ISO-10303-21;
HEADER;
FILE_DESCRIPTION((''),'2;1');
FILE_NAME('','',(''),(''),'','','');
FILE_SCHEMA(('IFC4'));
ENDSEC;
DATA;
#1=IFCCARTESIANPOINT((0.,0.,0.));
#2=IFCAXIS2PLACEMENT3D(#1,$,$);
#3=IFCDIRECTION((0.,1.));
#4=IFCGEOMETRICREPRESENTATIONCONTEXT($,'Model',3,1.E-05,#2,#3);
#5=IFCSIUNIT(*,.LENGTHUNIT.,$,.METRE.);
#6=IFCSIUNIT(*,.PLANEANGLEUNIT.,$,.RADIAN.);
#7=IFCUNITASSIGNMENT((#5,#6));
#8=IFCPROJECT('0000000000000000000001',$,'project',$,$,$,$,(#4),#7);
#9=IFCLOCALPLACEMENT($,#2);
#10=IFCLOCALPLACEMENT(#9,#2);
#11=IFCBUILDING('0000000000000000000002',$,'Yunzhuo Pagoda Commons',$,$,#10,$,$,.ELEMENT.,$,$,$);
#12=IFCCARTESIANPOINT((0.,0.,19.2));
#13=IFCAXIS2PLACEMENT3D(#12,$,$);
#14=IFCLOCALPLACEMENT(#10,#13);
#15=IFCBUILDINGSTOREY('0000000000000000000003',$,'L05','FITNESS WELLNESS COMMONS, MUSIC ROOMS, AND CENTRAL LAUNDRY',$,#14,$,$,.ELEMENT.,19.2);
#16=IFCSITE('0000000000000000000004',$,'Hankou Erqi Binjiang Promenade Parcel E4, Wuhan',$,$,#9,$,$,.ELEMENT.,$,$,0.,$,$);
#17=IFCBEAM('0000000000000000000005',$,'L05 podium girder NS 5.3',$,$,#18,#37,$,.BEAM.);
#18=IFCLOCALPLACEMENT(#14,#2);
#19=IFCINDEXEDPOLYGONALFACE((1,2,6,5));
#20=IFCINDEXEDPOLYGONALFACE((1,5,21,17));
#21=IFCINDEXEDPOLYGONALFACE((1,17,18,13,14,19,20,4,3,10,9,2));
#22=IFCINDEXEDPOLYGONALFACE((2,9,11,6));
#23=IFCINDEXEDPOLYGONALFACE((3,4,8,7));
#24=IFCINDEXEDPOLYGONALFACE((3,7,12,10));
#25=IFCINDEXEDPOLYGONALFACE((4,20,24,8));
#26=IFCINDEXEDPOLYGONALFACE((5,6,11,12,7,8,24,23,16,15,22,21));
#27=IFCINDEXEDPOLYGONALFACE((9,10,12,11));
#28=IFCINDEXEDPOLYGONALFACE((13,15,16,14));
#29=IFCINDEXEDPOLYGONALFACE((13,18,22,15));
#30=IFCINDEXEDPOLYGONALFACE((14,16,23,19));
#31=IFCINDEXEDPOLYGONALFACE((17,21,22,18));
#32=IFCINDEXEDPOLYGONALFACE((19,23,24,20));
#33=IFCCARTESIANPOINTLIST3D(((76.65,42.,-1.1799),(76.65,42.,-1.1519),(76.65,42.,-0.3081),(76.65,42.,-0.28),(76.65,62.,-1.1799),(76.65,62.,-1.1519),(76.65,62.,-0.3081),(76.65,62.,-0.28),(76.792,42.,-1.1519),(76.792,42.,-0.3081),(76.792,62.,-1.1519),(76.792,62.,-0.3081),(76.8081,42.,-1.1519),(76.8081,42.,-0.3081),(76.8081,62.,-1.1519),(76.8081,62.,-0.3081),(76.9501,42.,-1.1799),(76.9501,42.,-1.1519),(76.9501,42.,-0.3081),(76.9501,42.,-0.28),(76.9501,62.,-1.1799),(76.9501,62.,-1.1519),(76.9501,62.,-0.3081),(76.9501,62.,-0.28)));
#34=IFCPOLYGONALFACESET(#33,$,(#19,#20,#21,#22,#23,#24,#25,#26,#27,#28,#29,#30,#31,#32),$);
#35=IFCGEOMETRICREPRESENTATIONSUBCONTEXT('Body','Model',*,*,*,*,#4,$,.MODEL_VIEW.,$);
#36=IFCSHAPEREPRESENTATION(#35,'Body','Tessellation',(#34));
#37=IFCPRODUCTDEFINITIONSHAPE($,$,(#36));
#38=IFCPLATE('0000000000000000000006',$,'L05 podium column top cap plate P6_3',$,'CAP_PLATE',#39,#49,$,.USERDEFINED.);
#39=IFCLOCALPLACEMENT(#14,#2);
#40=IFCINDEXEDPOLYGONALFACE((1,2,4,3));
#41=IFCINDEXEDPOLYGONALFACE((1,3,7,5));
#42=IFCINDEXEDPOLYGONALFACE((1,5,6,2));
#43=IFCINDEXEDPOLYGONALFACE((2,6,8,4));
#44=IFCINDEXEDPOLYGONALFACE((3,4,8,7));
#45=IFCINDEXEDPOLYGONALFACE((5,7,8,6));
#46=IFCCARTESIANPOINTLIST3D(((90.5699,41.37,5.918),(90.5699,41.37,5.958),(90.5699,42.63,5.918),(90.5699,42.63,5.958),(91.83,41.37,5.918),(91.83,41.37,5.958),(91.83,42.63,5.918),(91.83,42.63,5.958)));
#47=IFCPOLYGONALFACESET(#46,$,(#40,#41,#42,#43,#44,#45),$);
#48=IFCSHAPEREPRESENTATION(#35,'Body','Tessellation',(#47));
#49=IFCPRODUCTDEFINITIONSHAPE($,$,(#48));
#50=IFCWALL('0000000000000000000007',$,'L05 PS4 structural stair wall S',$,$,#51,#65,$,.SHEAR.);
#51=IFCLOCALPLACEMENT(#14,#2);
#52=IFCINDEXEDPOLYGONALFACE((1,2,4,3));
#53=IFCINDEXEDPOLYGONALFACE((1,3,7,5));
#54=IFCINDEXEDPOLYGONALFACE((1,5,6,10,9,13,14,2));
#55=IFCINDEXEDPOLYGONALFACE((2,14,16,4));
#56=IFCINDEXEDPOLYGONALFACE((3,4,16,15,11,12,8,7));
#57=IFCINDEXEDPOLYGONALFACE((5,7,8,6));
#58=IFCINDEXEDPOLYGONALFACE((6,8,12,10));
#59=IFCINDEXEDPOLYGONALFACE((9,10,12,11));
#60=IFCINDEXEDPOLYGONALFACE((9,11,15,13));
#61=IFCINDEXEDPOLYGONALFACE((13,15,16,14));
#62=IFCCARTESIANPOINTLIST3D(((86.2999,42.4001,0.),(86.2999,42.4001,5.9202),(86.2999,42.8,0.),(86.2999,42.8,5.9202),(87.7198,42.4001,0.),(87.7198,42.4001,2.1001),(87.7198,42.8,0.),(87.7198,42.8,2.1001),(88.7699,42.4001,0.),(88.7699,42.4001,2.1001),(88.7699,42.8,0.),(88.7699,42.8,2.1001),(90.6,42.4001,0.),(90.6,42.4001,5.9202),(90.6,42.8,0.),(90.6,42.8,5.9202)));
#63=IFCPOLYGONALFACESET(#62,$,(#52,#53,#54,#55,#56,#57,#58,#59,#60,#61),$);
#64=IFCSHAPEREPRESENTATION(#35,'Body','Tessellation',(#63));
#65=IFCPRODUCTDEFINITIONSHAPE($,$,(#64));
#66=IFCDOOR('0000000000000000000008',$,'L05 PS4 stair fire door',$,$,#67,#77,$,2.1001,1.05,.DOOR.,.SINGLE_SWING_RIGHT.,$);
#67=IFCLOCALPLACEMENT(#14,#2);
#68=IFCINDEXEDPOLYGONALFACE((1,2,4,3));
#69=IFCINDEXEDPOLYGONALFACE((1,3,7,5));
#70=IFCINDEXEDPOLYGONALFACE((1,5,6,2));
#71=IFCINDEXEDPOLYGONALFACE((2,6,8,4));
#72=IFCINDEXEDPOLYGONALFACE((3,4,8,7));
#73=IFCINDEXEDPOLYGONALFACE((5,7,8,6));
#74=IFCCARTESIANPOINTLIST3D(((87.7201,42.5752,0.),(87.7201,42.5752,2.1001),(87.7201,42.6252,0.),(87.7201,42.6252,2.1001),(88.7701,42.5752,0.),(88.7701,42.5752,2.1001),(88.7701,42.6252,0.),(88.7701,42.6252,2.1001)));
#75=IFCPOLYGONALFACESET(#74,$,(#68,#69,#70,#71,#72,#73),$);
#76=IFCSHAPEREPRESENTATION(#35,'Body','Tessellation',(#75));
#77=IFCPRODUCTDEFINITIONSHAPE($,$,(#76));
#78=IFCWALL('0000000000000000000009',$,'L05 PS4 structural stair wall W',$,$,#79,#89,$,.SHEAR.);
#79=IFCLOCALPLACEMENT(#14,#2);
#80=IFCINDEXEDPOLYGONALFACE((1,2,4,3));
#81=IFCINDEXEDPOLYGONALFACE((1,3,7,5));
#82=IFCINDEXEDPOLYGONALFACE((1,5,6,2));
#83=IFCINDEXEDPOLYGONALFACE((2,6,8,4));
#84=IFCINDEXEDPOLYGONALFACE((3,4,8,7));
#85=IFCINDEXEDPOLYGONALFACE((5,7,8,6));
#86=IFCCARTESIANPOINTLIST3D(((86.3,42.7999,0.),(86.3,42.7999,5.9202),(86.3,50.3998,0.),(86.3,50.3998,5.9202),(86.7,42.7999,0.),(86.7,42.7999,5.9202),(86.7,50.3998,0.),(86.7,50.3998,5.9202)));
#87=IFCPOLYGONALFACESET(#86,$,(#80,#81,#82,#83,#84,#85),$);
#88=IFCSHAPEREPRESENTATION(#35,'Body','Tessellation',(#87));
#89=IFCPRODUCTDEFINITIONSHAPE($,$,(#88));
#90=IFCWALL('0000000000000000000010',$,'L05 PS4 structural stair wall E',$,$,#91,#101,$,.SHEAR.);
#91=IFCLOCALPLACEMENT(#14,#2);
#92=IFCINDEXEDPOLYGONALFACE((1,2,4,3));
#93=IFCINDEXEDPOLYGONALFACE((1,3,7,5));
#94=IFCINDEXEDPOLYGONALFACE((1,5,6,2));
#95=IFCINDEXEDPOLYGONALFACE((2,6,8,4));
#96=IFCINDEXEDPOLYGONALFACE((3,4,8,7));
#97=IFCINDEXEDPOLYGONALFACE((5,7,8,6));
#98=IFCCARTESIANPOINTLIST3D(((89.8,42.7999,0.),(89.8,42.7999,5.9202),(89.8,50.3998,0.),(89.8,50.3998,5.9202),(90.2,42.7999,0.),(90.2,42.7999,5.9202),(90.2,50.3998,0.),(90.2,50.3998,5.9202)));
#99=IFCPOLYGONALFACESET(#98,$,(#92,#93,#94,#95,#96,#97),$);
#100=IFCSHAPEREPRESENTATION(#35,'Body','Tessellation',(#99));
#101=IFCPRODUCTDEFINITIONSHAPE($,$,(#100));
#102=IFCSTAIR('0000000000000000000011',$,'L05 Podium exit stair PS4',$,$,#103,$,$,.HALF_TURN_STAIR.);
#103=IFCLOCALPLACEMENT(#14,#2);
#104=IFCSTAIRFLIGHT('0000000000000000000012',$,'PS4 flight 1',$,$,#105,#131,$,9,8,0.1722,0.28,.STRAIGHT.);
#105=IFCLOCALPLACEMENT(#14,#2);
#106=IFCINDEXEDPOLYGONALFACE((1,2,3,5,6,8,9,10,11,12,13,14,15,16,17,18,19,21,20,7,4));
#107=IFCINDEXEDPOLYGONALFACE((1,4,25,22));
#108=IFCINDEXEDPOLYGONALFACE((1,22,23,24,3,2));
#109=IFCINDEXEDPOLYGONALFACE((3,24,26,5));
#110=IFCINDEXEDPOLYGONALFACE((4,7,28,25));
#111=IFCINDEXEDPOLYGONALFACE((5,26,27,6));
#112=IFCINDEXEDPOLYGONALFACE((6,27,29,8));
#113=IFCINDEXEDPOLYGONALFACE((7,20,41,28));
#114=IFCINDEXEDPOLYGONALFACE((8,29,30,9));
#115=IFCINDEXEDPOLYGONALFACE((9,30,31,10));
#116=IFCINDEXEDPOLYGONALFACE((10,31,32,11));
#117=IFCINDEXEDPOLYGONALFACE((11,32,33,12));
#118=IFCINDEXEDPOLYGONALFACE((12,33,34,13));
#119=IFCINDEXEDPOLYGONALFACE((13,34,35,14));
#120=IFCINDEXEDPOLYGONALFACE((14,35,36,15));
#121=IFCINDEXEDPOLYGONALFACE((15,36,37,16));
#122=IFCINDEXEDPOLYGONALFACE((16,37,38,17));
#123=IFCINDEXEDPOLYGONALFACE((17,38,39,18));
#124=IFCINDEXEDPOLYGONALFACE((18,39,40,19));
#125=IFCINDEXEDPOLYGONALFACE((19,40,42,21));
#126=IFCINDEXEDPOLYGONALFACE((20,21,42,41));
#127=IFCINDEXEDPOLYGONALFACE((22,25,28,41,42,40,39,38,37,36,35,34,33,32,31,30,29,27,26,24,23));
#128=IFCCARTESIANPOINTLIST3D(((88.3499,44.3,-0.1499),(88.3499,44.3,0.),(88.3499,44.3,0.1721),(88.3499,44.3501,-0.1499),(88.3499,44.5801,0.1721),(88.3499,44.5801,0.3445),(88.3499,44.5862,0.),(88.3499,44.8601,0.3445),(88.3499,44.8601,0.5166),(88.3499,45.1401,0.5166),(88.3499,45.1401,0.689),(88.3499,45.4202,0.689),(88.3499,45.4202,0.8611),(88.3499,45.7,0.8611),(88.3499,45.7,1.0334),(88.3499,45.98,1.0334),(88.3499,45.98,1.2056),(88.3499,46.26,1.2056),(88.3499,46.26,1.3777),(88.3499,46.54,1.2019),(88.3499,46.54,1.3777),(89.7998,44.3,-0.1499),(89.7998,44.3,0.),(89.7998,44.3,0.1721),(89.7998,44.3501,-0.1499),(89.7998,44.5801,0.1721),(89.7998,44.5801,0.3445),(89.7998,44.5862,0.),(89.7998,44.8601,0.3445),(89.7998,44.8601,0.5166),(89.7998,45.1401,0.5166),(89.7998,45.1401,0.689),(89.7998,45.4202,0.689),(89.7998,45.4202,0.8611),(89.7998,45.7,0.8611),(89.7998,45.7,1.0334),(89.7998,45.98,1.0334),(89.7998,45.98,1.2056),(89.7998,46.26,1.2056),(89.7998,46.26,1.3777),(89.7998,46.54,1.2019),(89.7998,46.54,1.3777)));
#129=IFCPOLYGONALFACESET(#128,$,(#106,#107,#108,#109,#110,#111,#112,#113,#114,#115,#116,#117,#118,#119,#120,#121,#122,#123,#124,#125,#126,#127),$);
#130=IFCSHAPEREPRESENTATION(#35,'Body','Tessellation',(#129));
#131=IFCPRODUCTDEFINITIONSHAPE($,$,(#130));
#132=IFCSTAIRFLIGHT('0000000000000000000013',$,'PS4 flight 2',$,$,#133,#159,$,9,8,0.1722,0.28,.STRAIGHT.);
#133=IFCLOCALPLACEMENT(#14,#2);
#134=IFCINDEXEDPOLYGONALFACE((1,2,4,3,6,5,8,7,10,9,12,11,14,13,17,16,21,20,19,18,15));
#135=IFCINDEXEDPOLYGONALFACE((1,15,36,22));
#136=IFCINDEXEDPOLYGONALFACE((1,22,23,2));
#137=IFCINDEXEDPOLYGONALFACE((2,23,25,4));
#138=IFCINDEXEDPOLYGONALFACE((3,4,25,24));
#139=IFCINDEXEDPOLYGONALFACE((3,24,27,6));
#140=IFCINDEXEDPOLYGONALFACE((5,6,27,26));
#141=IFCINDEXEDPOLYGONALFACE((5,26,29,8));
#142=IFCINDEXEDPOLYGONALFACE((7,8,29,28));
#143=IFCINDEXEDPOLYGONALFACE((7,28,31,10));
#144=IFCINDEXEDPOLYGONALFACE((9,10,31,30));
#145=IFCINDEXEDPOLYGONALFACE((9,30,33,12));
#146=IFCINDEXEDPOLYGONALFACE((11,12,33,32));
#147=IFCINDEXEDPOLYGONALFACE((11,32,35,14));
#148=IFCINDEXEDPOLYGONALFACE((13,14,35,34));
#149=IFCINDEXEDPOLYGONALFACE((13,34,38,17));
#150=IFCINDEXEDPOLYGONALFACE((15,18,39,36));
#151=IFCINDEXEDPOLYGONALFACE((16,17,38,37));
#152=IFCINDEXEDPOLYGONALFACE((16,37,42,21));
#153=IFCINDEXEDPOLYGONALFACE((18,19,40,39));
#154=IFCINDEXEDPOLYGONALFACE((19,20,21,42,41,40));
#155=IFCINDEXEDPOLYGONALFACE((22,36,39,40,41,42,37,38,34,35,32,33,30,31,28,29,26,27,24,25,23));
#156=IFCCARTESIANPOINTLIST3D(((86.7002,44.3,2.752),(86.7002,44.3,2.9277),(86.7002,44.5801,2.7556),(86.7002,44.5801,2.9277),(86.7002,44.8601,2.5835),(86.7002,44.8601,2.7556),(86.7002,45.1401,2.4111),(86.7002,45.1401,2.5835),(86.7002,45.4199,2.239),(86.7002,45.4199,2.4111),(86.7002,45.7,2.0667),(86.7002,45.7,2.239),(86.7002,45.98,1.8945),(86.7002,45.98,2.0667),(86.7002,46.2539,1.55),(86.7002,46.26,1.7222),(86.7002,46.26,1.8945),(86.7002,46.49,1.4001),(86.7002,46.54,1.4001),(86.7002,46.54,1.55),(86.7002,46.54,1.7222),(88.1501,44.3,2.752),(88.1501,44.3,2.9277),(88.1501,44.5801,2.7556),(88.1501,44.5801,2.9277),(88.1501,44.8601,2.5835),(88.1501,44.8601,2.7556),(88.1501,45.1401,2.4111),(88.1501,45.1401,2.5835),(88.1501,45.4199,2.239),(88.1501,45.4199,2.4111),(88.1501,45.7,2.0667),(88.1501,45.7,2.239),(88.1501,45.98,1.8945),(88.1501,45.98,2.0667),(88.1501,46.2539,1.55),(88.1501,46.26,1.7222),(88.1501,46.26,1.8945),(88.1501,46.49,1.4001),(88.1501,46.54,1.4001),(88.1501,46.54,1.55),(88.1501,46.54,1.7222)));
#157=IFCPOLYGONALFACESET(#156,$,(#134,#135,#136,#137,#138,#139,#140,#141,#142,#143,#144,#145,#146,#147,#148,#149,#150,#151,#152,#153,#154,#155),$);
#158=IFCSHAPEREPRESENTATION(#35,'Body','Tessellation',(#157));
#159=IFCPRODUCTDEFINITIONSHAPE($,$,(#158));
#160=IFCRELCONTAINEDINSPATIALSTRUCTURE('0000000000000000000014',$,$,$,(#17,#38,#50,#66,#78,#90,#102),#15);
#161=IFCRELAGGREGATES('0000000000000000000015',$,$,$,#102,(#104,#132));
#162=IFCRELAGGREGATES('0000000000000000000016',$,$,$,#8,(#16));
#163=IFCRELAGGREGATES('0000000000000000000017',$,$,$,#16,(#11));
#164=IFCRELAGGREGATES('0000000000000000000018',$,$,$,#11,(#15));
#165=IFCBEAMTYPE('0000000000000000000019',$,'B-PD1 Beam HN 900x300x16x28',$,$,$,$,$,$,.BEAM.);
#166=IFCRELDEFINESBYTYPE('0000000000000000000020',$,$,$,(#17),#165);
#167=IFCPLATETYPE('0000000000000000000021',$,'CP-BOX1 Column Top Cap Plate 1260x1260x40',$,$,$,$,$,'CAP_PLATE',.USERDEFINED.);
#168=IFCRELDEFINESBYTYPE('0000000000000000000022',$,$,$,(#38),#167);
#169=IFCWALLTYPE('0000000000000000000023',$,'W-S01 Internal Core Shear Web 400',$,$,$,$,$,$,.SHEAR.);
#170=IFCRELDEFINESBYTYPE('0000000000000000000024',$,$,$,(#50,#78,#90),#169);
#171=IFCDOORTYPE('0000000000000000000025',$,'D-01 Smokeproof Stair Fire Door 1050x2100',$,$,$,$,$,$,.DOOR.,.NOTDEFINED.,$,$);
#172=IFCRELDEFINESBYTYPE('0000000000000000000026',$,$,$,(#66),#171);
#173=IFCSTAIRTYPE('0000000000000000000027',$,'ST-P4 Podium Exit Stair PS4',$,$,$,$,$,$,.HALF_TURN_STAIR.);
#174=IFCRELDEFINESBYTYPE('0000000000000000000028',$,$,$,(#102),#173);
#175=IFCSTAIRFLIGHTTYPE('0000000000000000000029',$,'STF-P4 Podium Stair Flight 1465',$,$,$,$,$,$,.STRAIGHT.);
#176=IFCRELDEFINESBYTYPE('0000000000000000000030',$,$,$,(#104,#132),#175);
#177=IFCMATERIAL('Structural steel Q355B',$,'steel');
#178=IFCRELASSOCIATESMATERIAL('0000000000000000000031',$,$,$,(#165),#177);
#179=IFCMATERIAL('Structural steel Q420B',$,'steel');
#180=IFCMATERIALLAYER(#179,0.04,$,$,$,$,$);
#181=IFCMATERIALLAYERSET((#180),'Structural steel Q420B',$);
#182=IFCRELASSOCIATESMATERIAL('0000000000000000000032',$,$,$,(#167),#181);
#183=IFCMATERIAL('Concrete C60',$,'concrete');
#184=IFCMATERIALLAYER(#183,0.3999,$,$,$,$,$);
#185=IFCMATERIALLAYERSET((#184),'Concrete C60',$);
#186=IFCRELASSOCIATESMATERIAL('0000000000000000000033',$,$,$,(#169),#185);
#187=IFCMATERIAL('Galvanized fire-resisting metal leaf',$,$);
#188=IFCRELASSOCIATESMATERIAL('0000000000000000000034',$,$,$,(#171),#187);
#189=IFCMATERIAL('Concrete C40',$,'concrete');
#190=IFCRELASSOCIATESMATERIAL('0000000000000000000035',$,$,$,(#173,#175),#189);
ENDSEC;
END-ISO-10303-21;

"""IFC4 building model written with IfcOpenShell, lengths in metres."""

from ifc_helpers import new_model, si_unit, direction, frame, frame_2d, origin, origin_2d, place, context, subcontext, project, spatial, polyline, rectangle, i_section, outline, extrude, source, transform, mapped, material, layer, layer_set, material_profile, profile_set, type_object, element, fill, aggregate, save


model = new_model("IFC4")

# Units and contexts
model_context = context("Model", 3, precision=1e-05, world=origin(), true_north=direction((0.0, 1.0)))
body_context = subcontext(model_context, "Body", "Model", "MODEL_VIEW")
ifc_project = project(units=[si_unit("LENGTHUNIT", "METRE"), si_unit("PLANEANGLEUNIT", "RADIAN")], contexts=[model_context])

# Site, building, storey
site_placement = place(None, origin())
site = spatial("IfcSite", under=ifc_project, at=site_placement, Name="Hankou Erqi Binjiang Promenade Parcel E4, Wuhan", CompositionType="ELEMENT", RefElevation=0.0)
building_placement = place(site_placement, origin())
building = spatial("IfcBuilding", under=site, at=building_placement, Name="Yunzhuo Pagoda Commons", CompositionType="ELEMENT")
storey_placement = place(building_placement, frame((0.0, 0.0, 19.2)))
storey = spatial("IfcBuildingStorey", under=building, at=storey_placement, Name="L05", Description="FITNESS WELLNESS COMMONS, MUSIC ROOMS, AND CENTRAL LAUNDRY", CompositionType="ELEMENT", Elevation=19.2)

# Shared definitions
ifc_material_1 = material(Name="Structural steel Q420B", Category="steel")

# Beam
ifc_material_2 = material(Name="Structural steel Q355B", Category="steel")
ifc_material_profile_1 = material_profile(ifc_material_2, i_section(OverallWidth=0.3, OverallDepth=0.8999, WebThickness=0.0161, FlangeThickness=0.0281, at=origin_2d()), Name="Structural steel Q355B")
ifc_profile_set_1 = profile_set([ifc_material_profile_1], Name="Structural steel Q355B")
beam_type_1 = type_object("IfcBeamType", Name="B-PD1 Beam HN 900x300x16x28", PredefinedType="BEAM", material=ifc_profile_set_1)
shared_shape_1 = source(origin(), body_context, "Body", "SweptSolid", [
    extrude(i_section(OverallWidth=0.3, OverallDepth=0.8999, WebThickness=0.0161, FlangeThickness=0.0281, at=origin_2d()), origin(), (0.0, 0.0, 1.0), 20.0),
])
beam_1_placement = place(storey_placement, frame((76.8, 42.0, -0.73), z_axis=(0.0, 1.0, 0.0), x_axis=(-1.0, 0.0, 0.0)))
element("IfcBeam", 1, at=beam_1_placement, inside=storey, type_object=beam_type_1, Name="L05 podium girder NS 5.3", PredefinedType="BEAM", context=body_context, shape_type="MappedRepresentation", body=[
    mapped(shared_shape_1, transform((0.0, 0.0, 0.0), scale=1.0)),
])

# Plate
ifc_layer_1 = layer(ifc_material_1, 0.04)
ifc_layer_set_1 = layer_set([ifc_layer_1], Name="Structural steel Q420B")
plate_type = type_object("IfcPlateType", Name="CP-BOX1 Column Top Cap Plate 1260x1260x40", ElementType="CAP_PLATE", PredefinedType="USERDEFINED", material=ifc_layer_set_1)
shared_shape_2 = source(origin(), body_context, "Body", "SweptSolid", [
    extrude(rectangle(XDim=1.26, YDim=1.26, at=origin_2d()), origin(), (0.0, 0.0, 1.0), 0.04),
])
plate_placement = place(storey_placement, frame((91.2, 42.0, 5.918), z_axis=(0.0, 0.0, 1.0), x_axis=(1.0, 0.0, 0.0)))
element("IfcPlate", 2, at=plate_placement, inside=storey, type_object=plate_type, Name="L05 podium column top cap plate P6_3", ObjectType="CAP_PLATE", PredefinedType="USERDEFINED", context=body_context, shape_type="MappedRepresentation", body=[
    mapped(shared_shape_2, transform((0.0, 0.0, 0.0), scale=1.0)),
])

# Wall, opening, door
ifc_material_3 = material(Name="Concrete C60", Category="concrete")
ifc_layer_2 = layer(ifc_material_3, 0.3999)
ifc_layer_set_2 = layer_set([ifc_layer_2], Name="Concrete C60")
wall_type = type_object("IfcWallType", Name="W-S01 Internal Core Shear Web 400", PredefinedType="SHEAR", material=ifc_layer_set_2)
wall_placement = place(storey_placement, frame((86.3, 42.6001, 0.0), z_axis=(0.0, 0.0, 1.0), x_axis=(1.0, 0.0, 0.0)))
wall = element("IfcWall", 3, at=wall_placement, inside=storey, type_object=wall_type, Name="L05 PS4 structural stair wall S", PredefinedType="SHEAR", context=body_context, shape_type="SweptSolid", body=[
    extrude(rectangle(XDim=4.3, YDim=0.3999, at=frame_2d((2.1499, 0.0))), origin(), (0.0, 0.0, 1.0), 5.9202),
])
opening_placement = place(wall_placement, frame((1.4199, 0.0, 0.0)))
opening = element("IfcOpeningElement", 4, at=opening_placement, cuts=wall, PredefinedType="OPENING", context=body_context, shape_type="SweptSolid", body=[
    extrude(rectangle(XDim=1.05, YDim=2.1001, at=frame_2d((0.5249, 1.05))), frame((0.0, 0.21, 0.0), z_axis=(0.0, -1.0, 0.0), x_axis=(1.0, 0.0, 0.0)), (0.0, 0.0, 1.0), 0.4199),
])
ifc_material_4 = material(Name="Galvanized fire-resisting metal leaf")
door_type = type_object("IfcDoorType", Name="D-01 Smokeproof Stair Fire Door 1050x2100", OperationType="NOTDEFINED", PredefinedType="DOOR", material=ifc_material_4)
shared_shape_3 = source(origin(), body_context, "Body", "SweptSolid", [
    extrude(rectangle(XDim=1.05, YDim=2.1001, at=frame_2d((0.5249, 1.05))), frame((0.0, 0.0249, 0.0), z_axis=(0.0, -1.0, 0.0), x_axis=(1.0, 0.0, 0.0)), (0.0, 0.0, 1.0), 0.05),
])
door_placement = place(opening_placement, frame((1.05, 0.0, 0.0), z_axis=(0.0, 0.0, 1.0), x_axis=(-1.0, 0.0, 0.0)))
door = element("IfcDoor", 5, at=door_placement, inside=storey, type_object=door_type, Name="L05 PS4 stair fire door", OperationType="SINGLE_SWING_RIGHT", OverallHeight=2.1001, OverallWidth=1.05, PredefinedType="DOOR", context=body_context, shape_type="MappedRepresentation", body=[
    mapped(shared_shape_3, transform((0.0, 0.0, 0.0), scale=1.0)),
])
fill(opening, door)

# Walls
for number, where, z_axis, x_axis, name in (
    (6, (86.5, 42.8, 0.0), (0.0, 0.0, 1.0), (0.0, 1.0, 0.0), "L05 PS4 structural stair wall W"),
    (7, (90.0, 42.8, 0.0), (0.0, 0.0, 1.0), (0.0, 1.0, 0.0), "L05 PS4 structural stair wall E"),
):
    element("IfcWall", number, at=place(storey_placement, frame(where, z_axis=z_axis, x_axis=x_axis)), inside=storey, type_object=wall_type, Name=name, PredefinedType="SHEAR", context=body_context, shape_type="SweptSolid", body=[
        extrude(rectangle(XDim=7.5999, YDim=0.3999, at=frame_2d((3.7998, 0.0))), origin(), (0.0, 0.0, 1.0), 5.9202),
    ])

# Stair, stair flights
ifc_material_5 = material(Name="Concrete C40", Category="concrete")
stair_type = type_object("IfcStairType", Name="ST-P4 Podium Exit Stair PS4", PredefinedType="HALF_TURN_STAIR", material=ifc_material_5)
stair_placement = place(storey_placement, origin())
stair = element("IfcStair", 8, at=stair_placement, inside=storey, type_object=stair_type, Name="L05 Podium exit stair PS4", PredefinedType="HALF_TURN_STAIR")
stair_flight_type = type_object("IfcStairFlightType", Name="STF-P4 Podium Stair Flight 1465", PredefinedType="STRAIGHT", material=ifc_material_5)
shared_shape_4 = source(origin(), body_context, "Body", "SweptSolid", [
    extrude(outline(polyline([(0.0, -0.1499), (0.0, 0.0), (0.0, 0.1721), (0.28, 0.1721), (0.28, 0.3445), (0.5601, 0.3445), (0.5601, 0.5166), (0.8401, 0.5166), (0.8401, 0.689), (1.1201, 0.689), (1.1201, 0.8611), (1.3999, 0.8611), (1.3999, 1.0334), (1.6799, 1.0334), (1.6799, 1.2056), (1.96, 1.2056), (1.96, 1.3777), (2.24, 1.3777), (2.24, 1.55), (2.24, 1.2019), (0.2861, 0.0), (0.05, -0.1499), (0.0, -0.1499)])), frame((0.0, 0.7251, 0.0), z_axis=(0.0, -1.0, 0.0), x_axis=(1.0, 0.0, 0.0)), (0.0, 0.0, 1.0), 1.45),
])
stair_flight_1_placement = place(storey_placement, frame((89.075, 44.3, 0.0), z_axis=(0.0, 0.0, 1.0), x_axis=(0.0, 1.0, 0.0)))
stair_flight_1 = element("IfcStairFlight", 9, at=stair_flight_1_placement, type_object=stair_flight_type, Name="PS4 flight 1", NumberOfRisers=9, NumberOfTreads=8, PredefinedType="STRAIGHT", RiserHeight=0.1722, TreadLength=0.28, context=body_context, shape_type="MappedRepresentation", body=[
    mapped(shared_shape_4, transform((0.0, 0.0, 0.0), scale=1.0)),
])
stair_flight_2_placement = place(storey_placement, frame((87.425, 46.54, 1.55), z_axis=(0.0, 0.0, 1.0), x_axis=(0.0, -1.0, 0.0)))
stair_flight_2 = element("IfcStairFlight", 10, at=stair_flight_2_placement, type_object=stair_flight_type, Name="PS4 flight 2", NumberOfRisers=9, NumberOfTreads=8, PredefinedType="STRAIGHT", RiserHeight=0.1722, TreadLength=0.28, context=body_context, shape_type="MappedRepresentation", body=[
    mapped(shared_shape_4, transform((0.0, 0.0, 0.0), scale=1.0)),
])
aggregate(stair, [stair_flight_1, stair_flight_2])

save(model, "model.ifc")
